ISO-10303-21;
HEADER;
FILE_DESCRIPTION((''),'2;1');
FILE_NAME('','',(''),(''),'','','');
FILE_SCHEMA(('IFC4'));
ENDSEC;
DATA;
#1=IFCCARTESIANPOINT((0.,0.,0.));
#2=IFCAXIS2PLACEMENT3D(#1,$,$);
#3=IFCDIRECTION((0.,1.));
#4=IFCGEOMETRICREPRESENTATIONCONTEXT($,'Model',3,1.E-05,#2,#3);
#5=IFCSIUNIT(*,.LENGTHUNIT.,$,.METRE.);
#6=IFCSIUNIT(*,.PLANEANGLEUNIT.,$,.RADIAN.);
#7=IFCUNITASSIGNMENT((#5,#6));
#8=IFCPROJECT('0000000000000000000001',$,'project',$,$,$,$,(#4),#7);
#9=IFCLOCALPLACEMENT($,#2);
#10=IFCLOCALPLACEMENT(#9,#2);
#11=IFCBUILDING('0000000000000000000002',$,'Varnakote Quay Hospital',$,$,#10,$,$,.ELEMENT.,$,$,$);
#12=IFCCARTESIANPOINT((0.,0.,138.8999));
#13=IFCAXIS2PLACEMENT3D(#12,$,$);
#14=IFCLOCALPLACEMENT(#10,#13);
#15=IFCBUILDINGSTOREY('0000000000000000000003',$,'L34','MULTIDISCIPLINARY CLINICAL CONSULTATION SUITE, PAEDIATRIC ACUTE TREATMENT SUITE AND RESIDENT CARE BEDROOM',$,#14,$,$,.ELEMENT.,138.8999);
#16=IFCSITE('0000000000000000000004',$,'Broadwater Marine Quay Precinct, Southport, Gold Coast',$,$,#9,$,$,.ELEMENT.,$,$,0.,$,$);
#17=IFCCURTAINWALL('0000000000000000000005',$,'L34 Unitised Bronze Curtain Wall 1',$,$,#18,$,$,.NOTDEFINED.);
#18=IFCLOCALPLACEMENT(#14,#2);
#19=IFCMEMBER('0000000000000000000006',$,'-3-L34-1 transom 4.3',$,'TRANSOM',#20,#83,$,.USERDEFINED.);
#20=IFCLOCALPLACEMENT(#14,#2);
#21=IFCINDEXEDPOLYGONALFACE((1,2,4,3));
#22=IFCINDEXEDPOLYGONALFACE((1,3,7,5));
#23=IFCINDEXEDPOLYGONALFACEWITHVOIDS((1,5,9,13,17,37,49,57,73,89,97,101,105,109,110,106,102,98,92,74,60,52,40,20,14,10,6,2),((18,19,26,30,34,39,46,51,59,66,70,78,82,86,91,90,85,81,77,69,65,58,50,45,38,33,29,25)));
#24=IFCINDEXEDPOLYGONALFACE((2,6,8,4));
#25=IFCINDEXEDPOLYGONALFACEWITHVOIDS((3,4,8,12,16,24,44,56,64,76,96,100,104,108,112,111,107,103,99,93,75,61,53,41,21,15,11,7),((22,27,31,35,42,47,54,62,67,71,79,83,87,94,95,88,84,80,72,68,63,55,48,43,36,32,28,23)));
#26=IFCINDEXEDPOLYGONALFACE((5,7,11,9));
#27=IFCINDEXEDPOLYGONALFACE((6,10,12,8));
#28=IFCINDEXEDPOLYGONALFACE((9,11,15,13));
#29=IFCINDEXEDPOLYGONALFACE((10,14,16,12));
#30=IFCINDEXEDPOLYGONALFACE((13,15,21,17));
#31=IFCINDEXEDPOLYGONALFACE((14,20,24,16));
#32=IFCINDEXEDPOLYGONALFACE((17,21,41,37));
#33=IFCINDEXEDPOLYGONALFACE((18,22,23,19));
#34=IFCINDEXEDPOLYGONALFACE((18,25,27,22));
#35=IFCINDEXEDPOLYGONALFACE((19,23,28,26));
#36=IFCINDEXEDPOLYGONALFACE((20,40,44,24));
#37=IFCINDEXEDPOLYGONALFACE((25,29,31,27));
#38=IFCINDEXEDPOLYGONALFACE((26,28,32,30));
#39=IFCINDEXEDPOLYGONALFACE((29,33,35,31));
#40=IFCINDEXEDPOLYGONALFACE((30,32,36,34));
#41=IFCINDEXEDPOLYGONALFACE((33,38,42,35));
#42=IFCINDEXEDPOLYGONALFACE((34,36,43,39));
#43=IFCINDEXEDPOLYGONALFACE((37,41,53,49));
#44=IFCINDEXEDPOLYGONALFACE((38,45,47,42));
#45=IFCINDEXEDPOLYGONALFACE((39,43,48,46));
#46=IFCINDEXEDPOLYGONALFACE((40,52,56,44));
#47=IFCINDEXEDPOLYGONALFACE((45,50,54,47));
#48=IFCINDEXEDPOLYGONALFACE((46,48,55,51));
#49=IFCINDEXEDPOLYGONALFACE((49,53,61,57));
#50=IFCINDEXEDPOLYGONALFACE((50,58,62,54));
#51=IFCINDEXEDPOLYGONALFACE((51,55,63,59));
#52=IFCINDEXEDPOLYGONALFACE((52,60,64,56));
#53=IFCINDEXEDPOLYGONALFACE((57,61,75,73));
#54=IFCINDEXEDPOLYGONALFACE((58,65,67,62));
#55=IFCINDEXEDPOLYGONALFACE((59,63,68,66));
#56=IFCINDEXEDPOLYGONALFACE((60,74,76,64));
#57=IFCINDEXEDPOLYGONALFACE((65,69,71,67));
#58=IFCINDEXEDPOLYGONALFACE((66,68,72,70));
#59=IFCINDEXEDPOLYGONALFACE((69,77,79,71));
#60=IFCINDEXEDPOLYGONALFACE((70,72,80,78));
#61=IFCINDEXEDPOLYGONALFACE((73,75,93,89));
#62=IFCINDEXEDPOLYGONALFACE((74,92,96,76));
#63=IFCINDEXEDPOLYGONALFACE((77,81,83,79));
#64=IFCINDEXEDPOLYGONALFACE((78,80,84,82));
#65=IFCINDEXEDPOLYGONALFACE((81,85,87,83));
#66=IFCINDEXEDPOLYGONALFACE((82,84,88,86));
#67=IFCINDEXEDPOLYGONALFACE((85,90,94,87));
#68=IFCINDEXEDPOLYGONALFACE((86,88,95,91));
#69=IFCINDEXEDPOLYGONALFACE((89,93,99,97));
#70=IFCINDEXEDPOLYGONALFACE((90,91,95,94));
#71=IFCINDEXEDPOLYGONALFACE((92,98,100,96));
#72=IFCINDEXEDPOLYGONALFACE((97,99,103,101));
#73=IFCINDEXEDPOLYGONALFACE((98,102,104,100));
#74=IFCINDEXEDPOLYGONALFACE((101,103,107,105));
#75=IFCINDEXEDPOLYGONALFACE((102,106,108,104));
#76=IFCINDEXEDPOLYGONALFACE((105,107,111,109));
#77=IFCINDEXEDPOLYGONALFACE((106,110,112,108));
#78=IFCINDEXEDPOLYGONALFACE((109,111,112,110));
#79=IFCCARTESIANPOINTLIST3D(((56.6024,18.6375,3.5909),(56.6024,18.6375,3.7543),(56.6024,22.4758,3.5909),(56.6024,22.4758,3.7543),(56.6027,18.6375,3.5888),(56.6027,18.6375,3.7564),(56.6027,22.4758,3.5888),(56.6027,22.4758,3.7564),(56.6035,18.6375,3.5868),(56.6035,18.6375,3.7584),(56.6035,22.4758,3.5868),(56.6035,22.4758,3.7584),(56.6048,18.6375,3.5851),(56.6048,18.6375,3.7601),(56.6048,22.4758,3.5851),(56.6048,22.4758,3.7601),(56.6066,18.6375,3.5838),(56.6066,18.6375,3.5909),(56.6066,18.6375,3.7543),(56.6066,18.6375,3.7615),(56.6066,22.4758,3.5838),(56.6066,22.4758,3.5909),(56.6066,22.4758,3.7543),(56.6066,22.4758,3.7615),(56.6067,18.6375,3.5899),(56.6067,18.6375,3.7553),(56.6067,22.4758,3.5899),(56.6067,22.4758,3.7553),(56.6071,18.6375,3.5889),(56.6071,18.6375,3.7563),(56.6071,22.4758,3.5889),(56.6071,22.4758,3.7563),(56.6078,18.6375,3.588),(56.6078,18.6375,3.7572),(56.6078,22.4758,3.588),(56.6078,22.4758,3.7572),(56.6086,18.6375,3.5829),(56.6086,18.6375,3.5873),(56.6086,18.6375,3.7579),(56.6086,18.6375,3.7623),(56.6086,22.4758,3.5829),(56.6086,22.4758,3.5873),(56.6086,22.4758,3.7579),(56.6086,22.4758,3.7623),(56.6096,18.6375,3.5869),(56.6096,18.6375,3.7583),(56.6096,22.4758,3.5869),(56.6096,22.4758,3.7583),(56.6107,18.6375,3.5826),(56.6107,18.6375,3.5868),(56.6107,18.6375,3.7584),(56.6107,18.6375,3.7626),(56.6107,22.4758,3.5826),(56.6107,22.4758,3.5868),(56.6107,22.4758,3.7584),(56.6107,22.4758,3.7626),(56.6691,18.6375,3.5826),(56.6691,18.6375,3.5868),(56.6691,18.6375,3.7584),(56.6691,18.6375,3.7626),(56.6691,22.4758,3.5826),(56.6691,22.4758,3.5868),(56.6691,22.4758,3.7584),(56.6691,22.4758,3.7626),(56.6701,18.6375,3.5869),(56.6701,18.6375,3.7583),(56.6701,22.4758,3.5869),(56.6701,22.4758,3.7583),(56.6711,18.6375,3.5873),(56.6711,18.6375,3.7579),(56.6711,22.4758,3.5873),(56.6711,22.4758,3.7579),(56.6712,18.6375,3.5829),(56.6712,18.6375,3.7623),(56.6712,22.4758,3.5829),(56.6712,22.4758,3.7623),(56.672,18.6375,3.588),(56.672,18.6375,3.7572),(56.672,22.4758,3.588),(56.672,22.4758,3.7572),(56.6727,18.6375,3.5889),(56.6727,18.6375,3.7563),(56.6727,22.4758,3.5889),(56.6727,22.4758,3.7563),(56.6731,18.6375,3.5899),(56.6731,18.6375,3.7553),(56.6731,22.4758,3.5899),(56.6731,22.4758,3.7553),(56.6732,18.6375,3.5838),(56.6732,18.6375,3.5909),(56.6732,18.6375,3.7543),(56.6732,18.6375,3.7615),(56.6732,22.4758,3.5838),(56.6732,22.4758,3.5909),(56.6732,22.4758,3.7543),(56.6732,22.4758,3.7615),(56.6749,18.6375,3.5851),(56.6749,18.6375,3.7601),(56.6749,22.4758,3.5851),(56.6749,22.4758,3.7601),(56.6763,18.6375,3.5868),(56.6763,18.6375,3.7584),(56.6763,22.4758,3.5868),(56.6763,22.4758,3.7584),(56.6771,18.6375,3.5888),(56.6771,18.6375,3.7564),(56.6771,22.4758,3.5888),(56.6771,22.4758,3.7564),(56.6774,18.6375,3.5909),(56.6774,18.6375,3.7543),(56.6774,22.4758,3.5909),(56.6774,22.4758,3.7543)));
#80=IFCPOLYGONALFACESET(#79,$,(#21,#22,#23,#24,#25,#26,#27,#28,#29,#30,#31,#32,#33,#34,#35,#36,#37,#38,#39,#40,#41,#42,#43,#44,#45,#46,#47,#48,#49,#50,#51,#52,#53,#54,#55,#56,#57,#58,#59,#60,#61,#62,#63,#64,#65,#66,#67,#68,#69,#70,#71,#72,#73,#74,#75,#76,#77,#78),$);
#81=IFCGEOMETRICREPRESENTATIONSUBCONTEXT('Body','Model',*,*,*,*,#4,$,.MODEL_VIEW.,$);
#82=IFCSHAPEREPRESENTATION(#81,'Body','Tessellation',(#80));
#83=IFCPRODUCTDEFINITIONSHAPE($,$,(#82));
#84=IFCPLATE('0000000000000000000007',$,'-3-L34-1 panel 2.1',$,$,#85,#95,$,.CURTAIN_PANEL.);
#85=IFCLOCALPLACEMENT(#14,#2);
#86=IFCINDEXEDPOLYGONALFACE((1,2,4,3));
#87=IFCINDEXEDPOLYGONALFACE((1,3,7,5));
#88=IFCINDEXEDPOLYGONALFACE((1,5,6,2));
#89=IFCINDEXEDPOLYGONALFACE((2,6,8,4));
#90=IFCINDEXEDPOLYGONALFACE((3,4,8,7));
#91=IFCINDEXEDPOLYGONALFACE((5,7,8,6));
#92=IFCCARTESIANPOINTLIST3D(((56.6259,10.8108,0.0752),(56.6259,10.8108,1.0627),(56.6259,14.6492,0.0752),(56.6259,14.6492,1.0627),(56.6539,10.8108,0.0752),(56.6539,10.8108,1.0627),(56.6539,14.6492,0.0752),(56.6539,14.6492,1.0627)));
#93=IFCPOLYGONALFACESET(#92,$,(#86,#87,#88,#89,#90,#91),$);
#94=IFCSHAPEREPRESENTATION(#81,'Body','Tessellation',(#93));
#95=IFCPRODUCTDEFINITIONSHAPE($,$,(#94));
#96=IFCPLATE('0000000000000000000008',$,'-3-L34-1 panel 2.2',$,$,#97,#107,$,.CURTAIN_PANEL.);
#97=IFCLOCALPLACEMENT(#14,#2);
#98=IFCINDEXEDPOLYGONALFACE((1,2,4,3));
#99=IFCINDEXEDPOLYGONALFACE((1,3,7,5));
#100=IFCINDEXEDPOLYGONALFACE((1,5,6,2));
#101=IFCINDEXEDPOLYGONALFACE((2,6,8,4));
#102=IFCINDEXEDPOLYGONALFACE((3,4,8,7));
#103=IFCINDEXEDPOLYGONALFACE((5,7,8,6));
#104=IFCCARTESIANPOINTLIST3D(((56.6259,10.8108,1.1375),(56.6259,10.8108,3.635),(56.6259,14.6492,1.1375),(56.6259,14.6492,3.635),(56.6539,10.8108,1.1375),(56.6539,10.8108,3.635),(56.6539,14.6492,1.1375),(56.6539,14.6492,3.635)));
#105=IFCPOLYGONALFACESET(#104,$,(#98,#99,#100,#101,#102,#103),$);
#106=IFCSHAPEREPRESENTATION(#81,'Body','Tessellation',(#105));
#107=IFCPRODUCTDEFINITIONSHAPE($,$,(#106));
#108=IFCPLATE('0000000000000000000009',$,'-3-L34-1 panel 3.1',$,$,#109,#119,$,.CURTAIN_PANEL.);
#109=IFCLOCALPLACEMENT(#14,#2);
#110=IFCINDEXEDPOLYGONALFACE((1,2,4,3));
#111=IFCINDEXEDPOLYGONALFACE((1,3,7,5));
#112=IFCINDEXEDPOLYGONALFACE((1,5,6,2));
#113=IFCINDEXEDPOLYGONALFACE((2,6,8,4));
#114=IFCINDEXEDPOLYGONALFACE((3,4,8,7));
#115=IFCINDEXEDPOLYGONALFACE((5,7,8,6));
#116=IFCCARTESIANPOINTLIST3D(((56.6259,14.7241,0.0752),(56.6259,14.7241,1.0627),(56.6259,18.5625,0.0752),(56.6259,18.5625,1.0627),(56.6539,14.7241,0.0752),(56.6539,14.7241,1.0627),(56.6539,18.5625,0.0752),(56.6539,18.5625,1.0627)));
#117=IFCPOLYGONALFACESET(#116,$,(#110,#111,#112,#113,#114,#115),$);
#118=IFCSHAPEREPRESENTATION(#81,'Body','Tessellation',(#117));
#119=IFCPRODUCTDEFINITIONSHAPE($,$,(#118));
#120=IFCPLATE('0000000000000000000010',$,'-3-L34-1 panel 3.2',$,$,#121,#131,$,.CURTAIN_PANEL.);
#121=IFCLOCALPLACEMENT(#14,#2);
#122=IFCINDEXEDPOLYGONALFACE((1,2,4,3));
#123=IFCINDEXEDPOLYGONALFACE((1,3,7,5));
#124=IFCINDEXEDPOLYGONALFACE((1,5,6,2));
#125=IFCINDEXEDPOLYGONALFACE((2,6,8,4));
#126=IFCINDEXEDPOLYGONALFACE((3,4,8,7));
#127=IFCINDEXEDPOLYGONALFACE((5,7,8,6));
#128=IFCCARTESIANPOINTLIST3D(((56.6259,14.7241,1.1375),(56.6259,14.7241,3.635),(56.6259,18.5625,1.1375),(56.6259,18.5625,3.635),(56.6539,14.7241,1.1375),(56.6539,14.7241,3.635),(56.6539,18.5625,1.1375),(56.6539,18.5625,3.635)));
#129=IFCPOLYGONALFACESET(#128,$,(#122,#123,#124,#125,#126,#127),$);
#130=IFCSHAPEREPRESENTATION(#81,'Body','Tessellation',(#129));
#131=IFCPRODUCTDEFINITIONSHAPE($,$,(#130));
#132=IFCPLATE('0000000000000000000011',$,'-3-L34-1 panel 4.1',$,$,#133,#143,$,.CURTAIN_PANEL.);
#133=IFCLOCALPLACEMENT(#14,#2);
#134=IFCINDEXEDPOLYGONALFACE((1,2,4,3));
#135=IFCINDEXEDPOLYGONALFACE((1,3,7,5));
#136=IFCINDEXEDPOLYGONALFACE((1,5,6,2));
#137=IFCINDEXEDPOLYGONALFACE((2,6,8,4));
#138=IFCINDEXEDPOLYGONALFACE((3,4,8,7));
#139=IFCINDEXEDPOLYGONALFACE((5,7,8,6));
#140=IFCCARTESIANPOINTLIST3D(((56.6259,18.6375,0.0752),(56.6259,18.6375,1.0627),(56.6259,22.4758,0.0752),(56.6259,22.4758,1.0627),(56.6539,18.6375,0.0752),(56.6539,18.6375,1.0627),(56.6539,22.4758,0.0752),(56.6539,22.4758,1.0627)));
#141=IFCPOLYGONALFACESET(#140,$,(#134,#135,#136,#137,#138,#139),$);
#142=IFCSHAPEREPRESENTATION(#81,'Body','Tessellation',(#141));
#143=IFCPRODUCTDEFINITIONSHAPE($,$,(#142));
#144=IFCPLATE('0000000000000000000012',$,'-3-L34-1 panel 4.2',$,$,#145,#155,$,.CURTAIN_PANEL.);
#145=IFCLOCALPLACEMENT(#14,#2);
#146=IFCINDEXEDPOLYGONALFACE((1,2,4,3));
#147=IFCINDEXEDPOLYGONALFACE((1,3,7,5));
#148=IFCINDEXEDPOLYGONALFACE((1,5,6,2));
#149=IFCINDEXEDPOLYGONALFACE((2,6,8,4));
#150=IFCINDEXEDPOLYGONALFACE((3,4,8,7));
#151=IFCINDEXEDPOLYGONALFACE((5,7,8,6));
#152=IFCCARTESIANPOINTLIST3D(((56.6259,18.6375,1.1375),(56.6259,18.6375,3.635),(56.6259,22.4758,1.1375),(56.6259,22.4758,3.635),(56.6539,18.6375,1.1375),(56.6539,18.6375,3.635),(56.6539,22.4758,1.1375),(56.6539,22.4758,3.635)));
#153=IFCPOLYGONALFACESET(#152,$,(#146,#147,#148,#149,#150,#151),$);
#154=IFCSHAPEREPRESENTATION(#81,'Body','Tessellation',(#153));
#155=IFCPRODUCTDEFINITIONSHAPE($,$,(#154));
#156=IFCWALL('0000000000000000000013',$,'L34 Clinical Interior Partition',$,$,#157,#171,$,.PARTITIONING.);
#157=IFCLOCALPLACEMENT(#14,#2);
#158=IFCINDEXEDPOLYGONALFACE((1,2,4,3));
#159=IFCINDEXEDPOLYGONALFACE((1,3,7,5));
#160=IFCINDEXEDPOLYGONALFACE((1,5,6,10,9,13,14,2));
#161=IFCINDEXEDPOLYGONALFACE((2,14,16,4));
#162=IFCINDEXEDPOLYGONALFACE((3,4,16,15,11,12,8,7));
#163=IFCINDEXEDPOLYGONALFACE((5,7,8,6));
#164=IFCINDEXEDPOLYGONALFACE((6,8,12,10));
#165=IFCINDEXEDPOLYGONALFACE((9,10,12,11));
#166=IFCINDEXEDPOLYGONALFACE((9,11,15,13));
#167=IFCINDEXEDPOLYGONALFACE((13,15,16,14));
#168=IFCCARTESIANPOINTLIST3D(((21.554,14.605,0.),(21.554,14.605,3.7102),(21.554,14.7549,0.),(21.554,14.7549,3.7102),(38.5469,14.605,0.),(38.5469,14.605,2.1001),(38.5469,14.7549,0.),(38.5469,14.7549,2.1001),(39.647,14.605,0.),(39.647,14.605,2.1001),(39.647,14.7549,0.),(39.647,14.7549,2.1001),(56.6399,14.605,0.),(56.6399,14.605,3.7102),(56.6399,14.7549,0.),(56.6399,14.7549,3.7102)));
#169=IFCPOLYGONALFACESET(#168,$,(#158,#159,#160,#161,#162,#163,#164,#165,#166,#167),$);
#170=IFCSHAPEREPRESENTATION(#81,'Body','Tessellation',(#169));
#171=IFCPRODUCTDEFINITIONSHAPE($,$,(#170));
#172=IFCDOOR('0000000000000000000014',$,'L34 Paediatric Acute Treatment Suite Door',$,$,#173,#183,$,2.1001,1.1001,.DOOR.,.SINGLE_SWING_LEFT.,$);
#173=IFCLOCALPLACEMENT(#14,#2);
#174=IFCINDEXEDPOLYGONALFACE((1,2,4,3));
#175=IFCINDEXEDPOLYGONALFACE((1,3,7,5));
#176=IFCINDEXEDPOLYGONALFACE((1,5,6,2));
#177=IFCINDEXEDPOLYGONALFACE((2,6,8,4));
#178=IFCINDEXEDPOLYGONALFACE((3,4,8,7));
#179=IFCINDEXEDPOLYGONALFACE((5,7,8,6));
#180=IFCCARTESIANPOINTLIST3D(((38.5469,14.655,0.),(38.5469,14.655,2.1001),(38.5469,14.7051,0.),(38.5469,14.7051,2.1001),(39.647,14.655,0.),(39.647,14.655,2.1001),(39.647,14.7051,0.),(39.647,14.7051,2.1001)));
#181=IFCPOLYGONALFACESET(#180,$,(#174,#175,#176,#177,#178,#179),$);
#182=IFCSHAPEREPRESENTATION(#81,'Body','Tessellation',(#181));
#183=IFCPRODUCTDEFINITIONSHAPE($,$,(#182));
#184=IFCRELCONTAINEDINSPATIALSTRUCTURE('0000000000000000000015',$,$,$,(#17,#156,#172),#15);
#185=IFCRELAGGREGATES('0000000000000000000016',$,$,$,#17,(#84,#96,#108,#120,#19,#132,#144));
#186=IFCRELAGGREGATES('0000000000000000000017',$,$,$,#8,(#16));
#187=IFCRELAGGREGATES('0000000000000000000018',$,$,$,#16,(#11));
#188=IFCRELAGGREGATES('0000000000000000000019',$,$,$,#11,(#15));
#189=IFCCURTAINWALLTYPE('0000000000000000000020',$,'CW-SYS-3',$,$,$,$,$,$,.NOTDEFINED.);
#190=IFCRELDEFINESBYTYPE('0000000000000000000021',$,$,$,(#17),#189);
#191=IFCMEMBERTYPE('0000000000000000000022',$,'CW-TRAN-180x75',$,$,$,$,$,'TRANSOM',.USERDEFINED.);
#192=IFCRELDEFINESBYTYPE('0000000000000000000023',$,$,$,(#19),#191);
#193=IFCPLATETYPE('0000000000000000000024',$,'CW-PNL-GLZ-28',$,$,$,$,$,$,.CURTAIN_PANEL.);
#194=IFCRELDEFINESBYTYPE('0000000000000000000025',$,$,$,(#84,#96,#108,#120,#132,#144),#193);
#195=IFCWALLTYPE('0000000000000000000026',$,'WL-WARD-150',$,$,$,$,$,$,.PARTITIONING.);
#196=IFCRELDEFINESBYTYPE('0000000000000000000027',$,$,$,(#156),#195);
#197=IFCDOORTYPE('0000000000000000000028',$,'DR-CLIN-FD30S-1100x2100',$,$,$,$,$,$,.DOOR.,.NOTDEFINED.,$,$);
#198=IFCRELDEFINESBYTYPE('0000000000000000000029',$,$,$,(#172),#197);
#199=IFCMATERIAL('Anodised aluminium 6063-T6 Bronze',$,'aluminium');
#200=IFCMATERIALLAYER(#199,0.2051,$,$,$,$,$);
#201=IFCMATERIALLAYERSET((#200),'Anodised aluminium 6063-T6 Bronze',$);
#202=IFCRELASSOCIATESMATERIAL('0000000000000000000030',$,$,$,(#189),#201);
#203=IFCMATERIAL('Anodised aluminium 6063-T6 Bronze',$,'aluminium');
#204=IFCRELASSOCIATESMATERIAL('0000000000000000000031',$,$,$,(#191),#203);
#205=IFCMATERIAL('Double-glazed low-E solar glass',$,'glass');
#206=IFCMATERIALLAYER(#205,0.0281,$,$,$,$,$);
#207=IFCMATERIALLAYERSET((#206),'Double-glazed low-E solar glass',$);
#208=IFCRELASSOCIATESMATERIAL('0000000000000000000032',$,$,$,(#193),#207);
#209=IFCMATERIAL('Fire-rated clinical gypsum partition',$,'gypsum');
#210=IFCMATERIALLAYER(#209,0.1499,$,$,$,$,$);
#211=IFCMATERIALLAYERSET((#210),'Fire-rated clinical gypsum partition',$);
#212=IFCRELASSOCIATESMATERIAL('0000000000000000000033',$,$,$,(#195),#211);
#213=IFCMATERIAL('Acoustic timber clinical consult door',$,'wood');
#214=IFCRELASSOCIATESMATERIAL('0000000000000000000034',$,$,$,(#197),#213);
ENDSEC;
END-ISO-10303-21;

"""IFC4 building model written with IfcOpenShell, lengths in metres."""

from ifc_helpers import new_model, si_unit, direction, frame, frame_2d, origin, origin_2d, place, context, subcontext, project, spatial, rectangle, hollow_rectangle, extrude, material, layer, layer_set, material_profile, profile_set, type_object, element, fill, aggregate, save


model = new_model("IFC4")

# Units and contexts
model_context = context("Model", 3, precision=1e-05, world=origin(), true_north=direction((0.0, 1.0)))
body_context = subcontext(model_context, "Body", "Model", "MODEL_VIEW")
ifc_project = project(units=[si_unit("LENGTHUNIT", "METRE"), si_unit("PLANEANGLEUNIT", "RADIAN")], contexts=[model_context])

# Site, building, storey
site_placement = place(None, origin())
site = spatial("IfcSite", under=ifc_project, at=site_placement, Name="Broadwater Marine Quay Precinct, Southport, Gold Coast", CompositionType="ELEMENT", RefElevation=0.0)
building_placement = place(site_placement, origin())
building = spatial("IfcBuilding", under=site, at=building_placement, Name="Varnakote Quay Hospital", CompositionType="ELEMENT")
storey_placement = place(building_placement, frame((0.0, 0.0, 138.8999)))
storey = spatial("IfcBuildingStorey", under=building, at=storey_placement, Name="L34", Description="MULTIDISCIPLINARY CLINICAL CONSULTATION SUITE, PAEDIATRIC ACUTE TREATMENT SUITE AND RESIDENT CARE BEDROOM", CompositionType="ELEMENT", Elevation=138.8999)

# Curtain wall, member, plates
ifc_material_1 = material(Name="Anodised aluminium 6063-T6 Bronze", Category="aluminium")
ifc_layer_1 = layer(ifc_material_1, 0.2051)
ifc_layer_set_1 = layer_set([ifc_layer_1], Name="Anodised aluminium 6063-T6 Bronze")
curtain_wall_type = type_object("IfcCurtainWallType", Name="CW-SYS-3", PredefinedType="NOTDEFINED", material=ifc_layer_set_1)
curtain_wall_placement = place(storey_placement, origin())
curtain_wall = element("IfcCurtainWall", 1, at=curtain_wall_placement, inside=storey, type_object=curtain_wall_type, Name="L34 Unitised Bronze Curtain Wall 1", PredefinedType="NOTDEFINED")
ifc_material_2 = material(Name="Anodised aluminium 6063-T6 Bronze", Category="aluminium")
ifc_material_profile_1 = material_profile(ifc_material_2, hollow_rectangle(XDim=0.075, YDim=0.1799, WallThickness=0.0042, InnerFilletRadius=0.0042, OuterFilletRadius=0.0083, at=origin_2d()), Name="CW-TRAN-180x75")
ifc_profile_set_1 = profile_set([ifc_material_profile_1], Name="Anodised aluminium 6063-T6 Bronze")
member_type_1 = type_object("IfcMemberType", Name="CW-TRAN-180x75", ElementType="TRANSOM", PredefinedType="USERDEFINED", material=ifc_profile_set_1)
member_1_placement = place(storey_placement, frame((56.6399, 18.6375, 3.6726), z_axis=(0.0, 1.0, 0.0), x_axis=(-1.0, 0.0, 0.0)))
member_1 = element("IfcMember", 2, at=member_1_placement, type_object=member_type_1, Name="-3-L34-1 transom 4.3", ObjectType="TRANSOM", PredefinedType="USERDEFINED", context=body_context, shape_type="SweptSolid", body=[
    extrude(hollow_rectangle(XDim=0.075, YDim=0.1799, WallThickness=0.0042, InnerFilletRadius=0.0042, OuterFilletRadius=0.0083, at=origin_2d()), origin(), (0.0, 0.0, 1.0), 3.8384),
])
ifc_material_3 = material(Name="Double-glazed low-E solar glass", Category="glass")
ifc_layer_2 = layer(ifc_material_3, 0.0281)
ifc_layer_set_2 = layer_set([ifc_layer_2], Name="Double-glazed low-E solar glass")
plate_type = type_object("IfcPlateType", Name="CW-PNL-GLZ-28", PredefinedType="CURTAIN_PANEL", material=ifc_layer_set_2)
plate_1_placement = place(storey_placement, frame((56.6399, 12.73, 0.0752), z_axis=(0.0, 0.0, 1.0), x_axis=(0.0, 1.0, 0.0)))
plate_1 = element("IfcPlate", 3, at=plate_1_placement, type_object=plate_type, Name="-3-L34-1 panel 2.1", PredefinedType="CURTAIN_PANEL", context=body_context, shape_type="SweptSolid", body=[
    extrude(rectangle(XDim=3.8384, YDim=0.0281, at=origin_2d()), origin(), (0.0, 0.0, 1.0), 0.9875),
])
plate_2_placement = place(storey_placement, frame((56.6399, 12.73, 1.1375), z_axis=(0.0, 0.0, 1.0), x_axis=(0.0, 1.0, 0.0)))
plate_2 = element("IfcPlate", 4, at=plate_2_placement, type_object=plate_type, Name="-3-L34-1 panel 2.2", PredefinedType="CURTAIN_PANEL", context=body_context, shape_type="SweptSolid", body=[
    extrude(rectangle(XDim=3.8384, YDim=0.0281, at=origin_2d()), origin(), (0.0, 0.0, 1.0), 2.4976),
])
plate_3_placement = place(storey_placement, frame((56.6399, 16.6433, 0.0752), z_axis=(0.0, 0.0, 1.0), x_axis=(0.0, 1.0, 0.0)))
plate_3 = element("IfcPlate", 5, at=plate_3_placement, type_object=plate_type, Name="-3-L34-1 panel 3.1", PredefinedType="CURTAIN_PANEL", context=body_context, shape_type="SweptSolid", body=[
    extrude(rectangle(XDim=3.8384, YDim=0.0281, at=origin_2d()), origin(), (0.0, 0.0, 1.0), 0.9875),
])
plate_4_placement = place(storey_placement, frame((56.6399, 16.6433, 1.1375), z_axis=(0.0, 0.0, 1.0), x_axis=(0.0, 1.0, 0.0)))
plate_4 = element("IfcPlate", 6, at=plate_4_placement, type_object=plate_type, Name="-3-L34-1 panel 3.2", PredefinedType="CURTAIN_PANEL", context=body_context, shape_type="SweptSolid", body=[
    extrude(rectangle(XDim=3.8384, YDim=0.0281, at=origin_2d()), origin(), (0.0, 0.0, 1.0), 2.4976),
])
plate_5_placement = place(storey_placement, frame((56.6399, 20.5566, 0.0752), z_axis=(0.0, 0.0, 1.0), x_axis=(0.0, 1.0, 0.0)))
plate_5 = element("IfcPlate", 7, at=plate_5_placement, type_object=plate_type, Name="-3-L34-1 panel 4.1", PredefinedType="CURTAIN_PANEL", context=body_context, shape_type="SweptSolid", body=[
    extrude(rectangle(XDim=3.8384, YDim=0.0281, at=origin_2d()), origin(), (0.0, 0.0, 1.0), 0.9875),
])
plate_6_placement = place(storey_placement, frame((56.6399, 20.5566, 1.1375), z_axis=(0.0, 0.0, 1.0), x_axis=(0.0, 1.0, 0.0)))
plate_6 = element("IfcPlate", 8, at=plate_6_placement, type_object=plate_type, Name="-3-L34-1 panel 4.2", PredefinedType="CURTAIN_PANEL", context=body_context, shape_type="SweptSolid", body=[
    extrude(rectangle(XDim=3.8384, YDim=0.0281, at=origin_2d()), origin(), (0.0, 0.0, 1.0), 2.4976),
])
aggregate(curtain_wall, [plate_1, plate_2, plate_3, plate_4, member_1, plate_5, plate_6])

# Wall, opening, door
ifc_material_4 = material(Name="Fire-rated clinical gypsum partition", Category="gypsum")
ifc_layer_3 = layer(ifc_material_4, 0.1499)
ifc_layer_set_3 = layer_set([ifc_layer_3], Name="Fire-rated clinical gypsum partition")
wall_type = type_object("IfcWallType", Name="WL-WARD-150", PredefinedType="PARTITIONING", material=ifc_layer_set_3)
wall_placement = place(storey_placement, frame((56.6399, 14.6799, 0.0), z_axis=(0.0, 0.0, 1.0), x_axis=(-1.0, 0.0, 0.0)))
wall = element("IfcWall", 9, at=wall_placement, inside=storey, type_object=wall_type, Name="L34 Clinical Interior Partition", PredefinedType="PARTITIONING", context=body_context, shape_type="SweptSolid", body=[
    extrude(rectangle(XDim=35.0859, YDim=0.1499, at=frame_2d((17.543, 0.0))), origin(), (0.0, 0.0, 1.0), 3.7102),
])
opening_placement = place(wall_placement, frame((16.9929, 0.0, 0.0)))
opening = element("IfcOpeningElement", 10, at=opening_placement, cuts=wall, PredefinedType="OPENING", context=body_context, shape_type="SweptSolid", body=[
    extrude(rectangle(XDim=1.1001, YDim=2.1001, at=frame_2d((0.55, 1.05))), frame((0.0, 0.085, 0.0), z_axis=(0.0, -1.0, 0.0), x_axis=(1.0, 0.0, 0.0)), (0.0, 0.0, 1.0), 0.1699),
])
ifc_material_5 = material(Name="Acoustic timber clinical consult door", Category="wood")
door_type = type_object("IfcDoorType", Name="DR-CLIN-FD30S-1100x2100", OperationType="NOTDEFINED", PredefinedType="DOOR", material=ifc_material_5)
door_placement = place(opening_placement, origin())
door = element("IfcDoor", 11, at=door_placement, inside=storey, type_object=door_type, Name="L34 Paediatric Acute Treatment Suite Door", OperationType="SINGLE_SWING_LEFT", OverallHeight=2.1001, OverallWidth=1.1001, PredefinedType="DOOR", context=body_context, shape_type="SweptSolid", body=[
    extrude(rectangle(XDim=1.1001, YDim=2.1001, at=frame_2d((0.55, 1.05))), frame((0.0, 0.0249, 0.0), z_axis=(0.0, -1.0, 0.0), x_axis=(1.0, 0.0, 0.0)), (0.0, 0.0, 1.0), 0.05),
])
fill(opening, door)

save(model, "model.ifc")
